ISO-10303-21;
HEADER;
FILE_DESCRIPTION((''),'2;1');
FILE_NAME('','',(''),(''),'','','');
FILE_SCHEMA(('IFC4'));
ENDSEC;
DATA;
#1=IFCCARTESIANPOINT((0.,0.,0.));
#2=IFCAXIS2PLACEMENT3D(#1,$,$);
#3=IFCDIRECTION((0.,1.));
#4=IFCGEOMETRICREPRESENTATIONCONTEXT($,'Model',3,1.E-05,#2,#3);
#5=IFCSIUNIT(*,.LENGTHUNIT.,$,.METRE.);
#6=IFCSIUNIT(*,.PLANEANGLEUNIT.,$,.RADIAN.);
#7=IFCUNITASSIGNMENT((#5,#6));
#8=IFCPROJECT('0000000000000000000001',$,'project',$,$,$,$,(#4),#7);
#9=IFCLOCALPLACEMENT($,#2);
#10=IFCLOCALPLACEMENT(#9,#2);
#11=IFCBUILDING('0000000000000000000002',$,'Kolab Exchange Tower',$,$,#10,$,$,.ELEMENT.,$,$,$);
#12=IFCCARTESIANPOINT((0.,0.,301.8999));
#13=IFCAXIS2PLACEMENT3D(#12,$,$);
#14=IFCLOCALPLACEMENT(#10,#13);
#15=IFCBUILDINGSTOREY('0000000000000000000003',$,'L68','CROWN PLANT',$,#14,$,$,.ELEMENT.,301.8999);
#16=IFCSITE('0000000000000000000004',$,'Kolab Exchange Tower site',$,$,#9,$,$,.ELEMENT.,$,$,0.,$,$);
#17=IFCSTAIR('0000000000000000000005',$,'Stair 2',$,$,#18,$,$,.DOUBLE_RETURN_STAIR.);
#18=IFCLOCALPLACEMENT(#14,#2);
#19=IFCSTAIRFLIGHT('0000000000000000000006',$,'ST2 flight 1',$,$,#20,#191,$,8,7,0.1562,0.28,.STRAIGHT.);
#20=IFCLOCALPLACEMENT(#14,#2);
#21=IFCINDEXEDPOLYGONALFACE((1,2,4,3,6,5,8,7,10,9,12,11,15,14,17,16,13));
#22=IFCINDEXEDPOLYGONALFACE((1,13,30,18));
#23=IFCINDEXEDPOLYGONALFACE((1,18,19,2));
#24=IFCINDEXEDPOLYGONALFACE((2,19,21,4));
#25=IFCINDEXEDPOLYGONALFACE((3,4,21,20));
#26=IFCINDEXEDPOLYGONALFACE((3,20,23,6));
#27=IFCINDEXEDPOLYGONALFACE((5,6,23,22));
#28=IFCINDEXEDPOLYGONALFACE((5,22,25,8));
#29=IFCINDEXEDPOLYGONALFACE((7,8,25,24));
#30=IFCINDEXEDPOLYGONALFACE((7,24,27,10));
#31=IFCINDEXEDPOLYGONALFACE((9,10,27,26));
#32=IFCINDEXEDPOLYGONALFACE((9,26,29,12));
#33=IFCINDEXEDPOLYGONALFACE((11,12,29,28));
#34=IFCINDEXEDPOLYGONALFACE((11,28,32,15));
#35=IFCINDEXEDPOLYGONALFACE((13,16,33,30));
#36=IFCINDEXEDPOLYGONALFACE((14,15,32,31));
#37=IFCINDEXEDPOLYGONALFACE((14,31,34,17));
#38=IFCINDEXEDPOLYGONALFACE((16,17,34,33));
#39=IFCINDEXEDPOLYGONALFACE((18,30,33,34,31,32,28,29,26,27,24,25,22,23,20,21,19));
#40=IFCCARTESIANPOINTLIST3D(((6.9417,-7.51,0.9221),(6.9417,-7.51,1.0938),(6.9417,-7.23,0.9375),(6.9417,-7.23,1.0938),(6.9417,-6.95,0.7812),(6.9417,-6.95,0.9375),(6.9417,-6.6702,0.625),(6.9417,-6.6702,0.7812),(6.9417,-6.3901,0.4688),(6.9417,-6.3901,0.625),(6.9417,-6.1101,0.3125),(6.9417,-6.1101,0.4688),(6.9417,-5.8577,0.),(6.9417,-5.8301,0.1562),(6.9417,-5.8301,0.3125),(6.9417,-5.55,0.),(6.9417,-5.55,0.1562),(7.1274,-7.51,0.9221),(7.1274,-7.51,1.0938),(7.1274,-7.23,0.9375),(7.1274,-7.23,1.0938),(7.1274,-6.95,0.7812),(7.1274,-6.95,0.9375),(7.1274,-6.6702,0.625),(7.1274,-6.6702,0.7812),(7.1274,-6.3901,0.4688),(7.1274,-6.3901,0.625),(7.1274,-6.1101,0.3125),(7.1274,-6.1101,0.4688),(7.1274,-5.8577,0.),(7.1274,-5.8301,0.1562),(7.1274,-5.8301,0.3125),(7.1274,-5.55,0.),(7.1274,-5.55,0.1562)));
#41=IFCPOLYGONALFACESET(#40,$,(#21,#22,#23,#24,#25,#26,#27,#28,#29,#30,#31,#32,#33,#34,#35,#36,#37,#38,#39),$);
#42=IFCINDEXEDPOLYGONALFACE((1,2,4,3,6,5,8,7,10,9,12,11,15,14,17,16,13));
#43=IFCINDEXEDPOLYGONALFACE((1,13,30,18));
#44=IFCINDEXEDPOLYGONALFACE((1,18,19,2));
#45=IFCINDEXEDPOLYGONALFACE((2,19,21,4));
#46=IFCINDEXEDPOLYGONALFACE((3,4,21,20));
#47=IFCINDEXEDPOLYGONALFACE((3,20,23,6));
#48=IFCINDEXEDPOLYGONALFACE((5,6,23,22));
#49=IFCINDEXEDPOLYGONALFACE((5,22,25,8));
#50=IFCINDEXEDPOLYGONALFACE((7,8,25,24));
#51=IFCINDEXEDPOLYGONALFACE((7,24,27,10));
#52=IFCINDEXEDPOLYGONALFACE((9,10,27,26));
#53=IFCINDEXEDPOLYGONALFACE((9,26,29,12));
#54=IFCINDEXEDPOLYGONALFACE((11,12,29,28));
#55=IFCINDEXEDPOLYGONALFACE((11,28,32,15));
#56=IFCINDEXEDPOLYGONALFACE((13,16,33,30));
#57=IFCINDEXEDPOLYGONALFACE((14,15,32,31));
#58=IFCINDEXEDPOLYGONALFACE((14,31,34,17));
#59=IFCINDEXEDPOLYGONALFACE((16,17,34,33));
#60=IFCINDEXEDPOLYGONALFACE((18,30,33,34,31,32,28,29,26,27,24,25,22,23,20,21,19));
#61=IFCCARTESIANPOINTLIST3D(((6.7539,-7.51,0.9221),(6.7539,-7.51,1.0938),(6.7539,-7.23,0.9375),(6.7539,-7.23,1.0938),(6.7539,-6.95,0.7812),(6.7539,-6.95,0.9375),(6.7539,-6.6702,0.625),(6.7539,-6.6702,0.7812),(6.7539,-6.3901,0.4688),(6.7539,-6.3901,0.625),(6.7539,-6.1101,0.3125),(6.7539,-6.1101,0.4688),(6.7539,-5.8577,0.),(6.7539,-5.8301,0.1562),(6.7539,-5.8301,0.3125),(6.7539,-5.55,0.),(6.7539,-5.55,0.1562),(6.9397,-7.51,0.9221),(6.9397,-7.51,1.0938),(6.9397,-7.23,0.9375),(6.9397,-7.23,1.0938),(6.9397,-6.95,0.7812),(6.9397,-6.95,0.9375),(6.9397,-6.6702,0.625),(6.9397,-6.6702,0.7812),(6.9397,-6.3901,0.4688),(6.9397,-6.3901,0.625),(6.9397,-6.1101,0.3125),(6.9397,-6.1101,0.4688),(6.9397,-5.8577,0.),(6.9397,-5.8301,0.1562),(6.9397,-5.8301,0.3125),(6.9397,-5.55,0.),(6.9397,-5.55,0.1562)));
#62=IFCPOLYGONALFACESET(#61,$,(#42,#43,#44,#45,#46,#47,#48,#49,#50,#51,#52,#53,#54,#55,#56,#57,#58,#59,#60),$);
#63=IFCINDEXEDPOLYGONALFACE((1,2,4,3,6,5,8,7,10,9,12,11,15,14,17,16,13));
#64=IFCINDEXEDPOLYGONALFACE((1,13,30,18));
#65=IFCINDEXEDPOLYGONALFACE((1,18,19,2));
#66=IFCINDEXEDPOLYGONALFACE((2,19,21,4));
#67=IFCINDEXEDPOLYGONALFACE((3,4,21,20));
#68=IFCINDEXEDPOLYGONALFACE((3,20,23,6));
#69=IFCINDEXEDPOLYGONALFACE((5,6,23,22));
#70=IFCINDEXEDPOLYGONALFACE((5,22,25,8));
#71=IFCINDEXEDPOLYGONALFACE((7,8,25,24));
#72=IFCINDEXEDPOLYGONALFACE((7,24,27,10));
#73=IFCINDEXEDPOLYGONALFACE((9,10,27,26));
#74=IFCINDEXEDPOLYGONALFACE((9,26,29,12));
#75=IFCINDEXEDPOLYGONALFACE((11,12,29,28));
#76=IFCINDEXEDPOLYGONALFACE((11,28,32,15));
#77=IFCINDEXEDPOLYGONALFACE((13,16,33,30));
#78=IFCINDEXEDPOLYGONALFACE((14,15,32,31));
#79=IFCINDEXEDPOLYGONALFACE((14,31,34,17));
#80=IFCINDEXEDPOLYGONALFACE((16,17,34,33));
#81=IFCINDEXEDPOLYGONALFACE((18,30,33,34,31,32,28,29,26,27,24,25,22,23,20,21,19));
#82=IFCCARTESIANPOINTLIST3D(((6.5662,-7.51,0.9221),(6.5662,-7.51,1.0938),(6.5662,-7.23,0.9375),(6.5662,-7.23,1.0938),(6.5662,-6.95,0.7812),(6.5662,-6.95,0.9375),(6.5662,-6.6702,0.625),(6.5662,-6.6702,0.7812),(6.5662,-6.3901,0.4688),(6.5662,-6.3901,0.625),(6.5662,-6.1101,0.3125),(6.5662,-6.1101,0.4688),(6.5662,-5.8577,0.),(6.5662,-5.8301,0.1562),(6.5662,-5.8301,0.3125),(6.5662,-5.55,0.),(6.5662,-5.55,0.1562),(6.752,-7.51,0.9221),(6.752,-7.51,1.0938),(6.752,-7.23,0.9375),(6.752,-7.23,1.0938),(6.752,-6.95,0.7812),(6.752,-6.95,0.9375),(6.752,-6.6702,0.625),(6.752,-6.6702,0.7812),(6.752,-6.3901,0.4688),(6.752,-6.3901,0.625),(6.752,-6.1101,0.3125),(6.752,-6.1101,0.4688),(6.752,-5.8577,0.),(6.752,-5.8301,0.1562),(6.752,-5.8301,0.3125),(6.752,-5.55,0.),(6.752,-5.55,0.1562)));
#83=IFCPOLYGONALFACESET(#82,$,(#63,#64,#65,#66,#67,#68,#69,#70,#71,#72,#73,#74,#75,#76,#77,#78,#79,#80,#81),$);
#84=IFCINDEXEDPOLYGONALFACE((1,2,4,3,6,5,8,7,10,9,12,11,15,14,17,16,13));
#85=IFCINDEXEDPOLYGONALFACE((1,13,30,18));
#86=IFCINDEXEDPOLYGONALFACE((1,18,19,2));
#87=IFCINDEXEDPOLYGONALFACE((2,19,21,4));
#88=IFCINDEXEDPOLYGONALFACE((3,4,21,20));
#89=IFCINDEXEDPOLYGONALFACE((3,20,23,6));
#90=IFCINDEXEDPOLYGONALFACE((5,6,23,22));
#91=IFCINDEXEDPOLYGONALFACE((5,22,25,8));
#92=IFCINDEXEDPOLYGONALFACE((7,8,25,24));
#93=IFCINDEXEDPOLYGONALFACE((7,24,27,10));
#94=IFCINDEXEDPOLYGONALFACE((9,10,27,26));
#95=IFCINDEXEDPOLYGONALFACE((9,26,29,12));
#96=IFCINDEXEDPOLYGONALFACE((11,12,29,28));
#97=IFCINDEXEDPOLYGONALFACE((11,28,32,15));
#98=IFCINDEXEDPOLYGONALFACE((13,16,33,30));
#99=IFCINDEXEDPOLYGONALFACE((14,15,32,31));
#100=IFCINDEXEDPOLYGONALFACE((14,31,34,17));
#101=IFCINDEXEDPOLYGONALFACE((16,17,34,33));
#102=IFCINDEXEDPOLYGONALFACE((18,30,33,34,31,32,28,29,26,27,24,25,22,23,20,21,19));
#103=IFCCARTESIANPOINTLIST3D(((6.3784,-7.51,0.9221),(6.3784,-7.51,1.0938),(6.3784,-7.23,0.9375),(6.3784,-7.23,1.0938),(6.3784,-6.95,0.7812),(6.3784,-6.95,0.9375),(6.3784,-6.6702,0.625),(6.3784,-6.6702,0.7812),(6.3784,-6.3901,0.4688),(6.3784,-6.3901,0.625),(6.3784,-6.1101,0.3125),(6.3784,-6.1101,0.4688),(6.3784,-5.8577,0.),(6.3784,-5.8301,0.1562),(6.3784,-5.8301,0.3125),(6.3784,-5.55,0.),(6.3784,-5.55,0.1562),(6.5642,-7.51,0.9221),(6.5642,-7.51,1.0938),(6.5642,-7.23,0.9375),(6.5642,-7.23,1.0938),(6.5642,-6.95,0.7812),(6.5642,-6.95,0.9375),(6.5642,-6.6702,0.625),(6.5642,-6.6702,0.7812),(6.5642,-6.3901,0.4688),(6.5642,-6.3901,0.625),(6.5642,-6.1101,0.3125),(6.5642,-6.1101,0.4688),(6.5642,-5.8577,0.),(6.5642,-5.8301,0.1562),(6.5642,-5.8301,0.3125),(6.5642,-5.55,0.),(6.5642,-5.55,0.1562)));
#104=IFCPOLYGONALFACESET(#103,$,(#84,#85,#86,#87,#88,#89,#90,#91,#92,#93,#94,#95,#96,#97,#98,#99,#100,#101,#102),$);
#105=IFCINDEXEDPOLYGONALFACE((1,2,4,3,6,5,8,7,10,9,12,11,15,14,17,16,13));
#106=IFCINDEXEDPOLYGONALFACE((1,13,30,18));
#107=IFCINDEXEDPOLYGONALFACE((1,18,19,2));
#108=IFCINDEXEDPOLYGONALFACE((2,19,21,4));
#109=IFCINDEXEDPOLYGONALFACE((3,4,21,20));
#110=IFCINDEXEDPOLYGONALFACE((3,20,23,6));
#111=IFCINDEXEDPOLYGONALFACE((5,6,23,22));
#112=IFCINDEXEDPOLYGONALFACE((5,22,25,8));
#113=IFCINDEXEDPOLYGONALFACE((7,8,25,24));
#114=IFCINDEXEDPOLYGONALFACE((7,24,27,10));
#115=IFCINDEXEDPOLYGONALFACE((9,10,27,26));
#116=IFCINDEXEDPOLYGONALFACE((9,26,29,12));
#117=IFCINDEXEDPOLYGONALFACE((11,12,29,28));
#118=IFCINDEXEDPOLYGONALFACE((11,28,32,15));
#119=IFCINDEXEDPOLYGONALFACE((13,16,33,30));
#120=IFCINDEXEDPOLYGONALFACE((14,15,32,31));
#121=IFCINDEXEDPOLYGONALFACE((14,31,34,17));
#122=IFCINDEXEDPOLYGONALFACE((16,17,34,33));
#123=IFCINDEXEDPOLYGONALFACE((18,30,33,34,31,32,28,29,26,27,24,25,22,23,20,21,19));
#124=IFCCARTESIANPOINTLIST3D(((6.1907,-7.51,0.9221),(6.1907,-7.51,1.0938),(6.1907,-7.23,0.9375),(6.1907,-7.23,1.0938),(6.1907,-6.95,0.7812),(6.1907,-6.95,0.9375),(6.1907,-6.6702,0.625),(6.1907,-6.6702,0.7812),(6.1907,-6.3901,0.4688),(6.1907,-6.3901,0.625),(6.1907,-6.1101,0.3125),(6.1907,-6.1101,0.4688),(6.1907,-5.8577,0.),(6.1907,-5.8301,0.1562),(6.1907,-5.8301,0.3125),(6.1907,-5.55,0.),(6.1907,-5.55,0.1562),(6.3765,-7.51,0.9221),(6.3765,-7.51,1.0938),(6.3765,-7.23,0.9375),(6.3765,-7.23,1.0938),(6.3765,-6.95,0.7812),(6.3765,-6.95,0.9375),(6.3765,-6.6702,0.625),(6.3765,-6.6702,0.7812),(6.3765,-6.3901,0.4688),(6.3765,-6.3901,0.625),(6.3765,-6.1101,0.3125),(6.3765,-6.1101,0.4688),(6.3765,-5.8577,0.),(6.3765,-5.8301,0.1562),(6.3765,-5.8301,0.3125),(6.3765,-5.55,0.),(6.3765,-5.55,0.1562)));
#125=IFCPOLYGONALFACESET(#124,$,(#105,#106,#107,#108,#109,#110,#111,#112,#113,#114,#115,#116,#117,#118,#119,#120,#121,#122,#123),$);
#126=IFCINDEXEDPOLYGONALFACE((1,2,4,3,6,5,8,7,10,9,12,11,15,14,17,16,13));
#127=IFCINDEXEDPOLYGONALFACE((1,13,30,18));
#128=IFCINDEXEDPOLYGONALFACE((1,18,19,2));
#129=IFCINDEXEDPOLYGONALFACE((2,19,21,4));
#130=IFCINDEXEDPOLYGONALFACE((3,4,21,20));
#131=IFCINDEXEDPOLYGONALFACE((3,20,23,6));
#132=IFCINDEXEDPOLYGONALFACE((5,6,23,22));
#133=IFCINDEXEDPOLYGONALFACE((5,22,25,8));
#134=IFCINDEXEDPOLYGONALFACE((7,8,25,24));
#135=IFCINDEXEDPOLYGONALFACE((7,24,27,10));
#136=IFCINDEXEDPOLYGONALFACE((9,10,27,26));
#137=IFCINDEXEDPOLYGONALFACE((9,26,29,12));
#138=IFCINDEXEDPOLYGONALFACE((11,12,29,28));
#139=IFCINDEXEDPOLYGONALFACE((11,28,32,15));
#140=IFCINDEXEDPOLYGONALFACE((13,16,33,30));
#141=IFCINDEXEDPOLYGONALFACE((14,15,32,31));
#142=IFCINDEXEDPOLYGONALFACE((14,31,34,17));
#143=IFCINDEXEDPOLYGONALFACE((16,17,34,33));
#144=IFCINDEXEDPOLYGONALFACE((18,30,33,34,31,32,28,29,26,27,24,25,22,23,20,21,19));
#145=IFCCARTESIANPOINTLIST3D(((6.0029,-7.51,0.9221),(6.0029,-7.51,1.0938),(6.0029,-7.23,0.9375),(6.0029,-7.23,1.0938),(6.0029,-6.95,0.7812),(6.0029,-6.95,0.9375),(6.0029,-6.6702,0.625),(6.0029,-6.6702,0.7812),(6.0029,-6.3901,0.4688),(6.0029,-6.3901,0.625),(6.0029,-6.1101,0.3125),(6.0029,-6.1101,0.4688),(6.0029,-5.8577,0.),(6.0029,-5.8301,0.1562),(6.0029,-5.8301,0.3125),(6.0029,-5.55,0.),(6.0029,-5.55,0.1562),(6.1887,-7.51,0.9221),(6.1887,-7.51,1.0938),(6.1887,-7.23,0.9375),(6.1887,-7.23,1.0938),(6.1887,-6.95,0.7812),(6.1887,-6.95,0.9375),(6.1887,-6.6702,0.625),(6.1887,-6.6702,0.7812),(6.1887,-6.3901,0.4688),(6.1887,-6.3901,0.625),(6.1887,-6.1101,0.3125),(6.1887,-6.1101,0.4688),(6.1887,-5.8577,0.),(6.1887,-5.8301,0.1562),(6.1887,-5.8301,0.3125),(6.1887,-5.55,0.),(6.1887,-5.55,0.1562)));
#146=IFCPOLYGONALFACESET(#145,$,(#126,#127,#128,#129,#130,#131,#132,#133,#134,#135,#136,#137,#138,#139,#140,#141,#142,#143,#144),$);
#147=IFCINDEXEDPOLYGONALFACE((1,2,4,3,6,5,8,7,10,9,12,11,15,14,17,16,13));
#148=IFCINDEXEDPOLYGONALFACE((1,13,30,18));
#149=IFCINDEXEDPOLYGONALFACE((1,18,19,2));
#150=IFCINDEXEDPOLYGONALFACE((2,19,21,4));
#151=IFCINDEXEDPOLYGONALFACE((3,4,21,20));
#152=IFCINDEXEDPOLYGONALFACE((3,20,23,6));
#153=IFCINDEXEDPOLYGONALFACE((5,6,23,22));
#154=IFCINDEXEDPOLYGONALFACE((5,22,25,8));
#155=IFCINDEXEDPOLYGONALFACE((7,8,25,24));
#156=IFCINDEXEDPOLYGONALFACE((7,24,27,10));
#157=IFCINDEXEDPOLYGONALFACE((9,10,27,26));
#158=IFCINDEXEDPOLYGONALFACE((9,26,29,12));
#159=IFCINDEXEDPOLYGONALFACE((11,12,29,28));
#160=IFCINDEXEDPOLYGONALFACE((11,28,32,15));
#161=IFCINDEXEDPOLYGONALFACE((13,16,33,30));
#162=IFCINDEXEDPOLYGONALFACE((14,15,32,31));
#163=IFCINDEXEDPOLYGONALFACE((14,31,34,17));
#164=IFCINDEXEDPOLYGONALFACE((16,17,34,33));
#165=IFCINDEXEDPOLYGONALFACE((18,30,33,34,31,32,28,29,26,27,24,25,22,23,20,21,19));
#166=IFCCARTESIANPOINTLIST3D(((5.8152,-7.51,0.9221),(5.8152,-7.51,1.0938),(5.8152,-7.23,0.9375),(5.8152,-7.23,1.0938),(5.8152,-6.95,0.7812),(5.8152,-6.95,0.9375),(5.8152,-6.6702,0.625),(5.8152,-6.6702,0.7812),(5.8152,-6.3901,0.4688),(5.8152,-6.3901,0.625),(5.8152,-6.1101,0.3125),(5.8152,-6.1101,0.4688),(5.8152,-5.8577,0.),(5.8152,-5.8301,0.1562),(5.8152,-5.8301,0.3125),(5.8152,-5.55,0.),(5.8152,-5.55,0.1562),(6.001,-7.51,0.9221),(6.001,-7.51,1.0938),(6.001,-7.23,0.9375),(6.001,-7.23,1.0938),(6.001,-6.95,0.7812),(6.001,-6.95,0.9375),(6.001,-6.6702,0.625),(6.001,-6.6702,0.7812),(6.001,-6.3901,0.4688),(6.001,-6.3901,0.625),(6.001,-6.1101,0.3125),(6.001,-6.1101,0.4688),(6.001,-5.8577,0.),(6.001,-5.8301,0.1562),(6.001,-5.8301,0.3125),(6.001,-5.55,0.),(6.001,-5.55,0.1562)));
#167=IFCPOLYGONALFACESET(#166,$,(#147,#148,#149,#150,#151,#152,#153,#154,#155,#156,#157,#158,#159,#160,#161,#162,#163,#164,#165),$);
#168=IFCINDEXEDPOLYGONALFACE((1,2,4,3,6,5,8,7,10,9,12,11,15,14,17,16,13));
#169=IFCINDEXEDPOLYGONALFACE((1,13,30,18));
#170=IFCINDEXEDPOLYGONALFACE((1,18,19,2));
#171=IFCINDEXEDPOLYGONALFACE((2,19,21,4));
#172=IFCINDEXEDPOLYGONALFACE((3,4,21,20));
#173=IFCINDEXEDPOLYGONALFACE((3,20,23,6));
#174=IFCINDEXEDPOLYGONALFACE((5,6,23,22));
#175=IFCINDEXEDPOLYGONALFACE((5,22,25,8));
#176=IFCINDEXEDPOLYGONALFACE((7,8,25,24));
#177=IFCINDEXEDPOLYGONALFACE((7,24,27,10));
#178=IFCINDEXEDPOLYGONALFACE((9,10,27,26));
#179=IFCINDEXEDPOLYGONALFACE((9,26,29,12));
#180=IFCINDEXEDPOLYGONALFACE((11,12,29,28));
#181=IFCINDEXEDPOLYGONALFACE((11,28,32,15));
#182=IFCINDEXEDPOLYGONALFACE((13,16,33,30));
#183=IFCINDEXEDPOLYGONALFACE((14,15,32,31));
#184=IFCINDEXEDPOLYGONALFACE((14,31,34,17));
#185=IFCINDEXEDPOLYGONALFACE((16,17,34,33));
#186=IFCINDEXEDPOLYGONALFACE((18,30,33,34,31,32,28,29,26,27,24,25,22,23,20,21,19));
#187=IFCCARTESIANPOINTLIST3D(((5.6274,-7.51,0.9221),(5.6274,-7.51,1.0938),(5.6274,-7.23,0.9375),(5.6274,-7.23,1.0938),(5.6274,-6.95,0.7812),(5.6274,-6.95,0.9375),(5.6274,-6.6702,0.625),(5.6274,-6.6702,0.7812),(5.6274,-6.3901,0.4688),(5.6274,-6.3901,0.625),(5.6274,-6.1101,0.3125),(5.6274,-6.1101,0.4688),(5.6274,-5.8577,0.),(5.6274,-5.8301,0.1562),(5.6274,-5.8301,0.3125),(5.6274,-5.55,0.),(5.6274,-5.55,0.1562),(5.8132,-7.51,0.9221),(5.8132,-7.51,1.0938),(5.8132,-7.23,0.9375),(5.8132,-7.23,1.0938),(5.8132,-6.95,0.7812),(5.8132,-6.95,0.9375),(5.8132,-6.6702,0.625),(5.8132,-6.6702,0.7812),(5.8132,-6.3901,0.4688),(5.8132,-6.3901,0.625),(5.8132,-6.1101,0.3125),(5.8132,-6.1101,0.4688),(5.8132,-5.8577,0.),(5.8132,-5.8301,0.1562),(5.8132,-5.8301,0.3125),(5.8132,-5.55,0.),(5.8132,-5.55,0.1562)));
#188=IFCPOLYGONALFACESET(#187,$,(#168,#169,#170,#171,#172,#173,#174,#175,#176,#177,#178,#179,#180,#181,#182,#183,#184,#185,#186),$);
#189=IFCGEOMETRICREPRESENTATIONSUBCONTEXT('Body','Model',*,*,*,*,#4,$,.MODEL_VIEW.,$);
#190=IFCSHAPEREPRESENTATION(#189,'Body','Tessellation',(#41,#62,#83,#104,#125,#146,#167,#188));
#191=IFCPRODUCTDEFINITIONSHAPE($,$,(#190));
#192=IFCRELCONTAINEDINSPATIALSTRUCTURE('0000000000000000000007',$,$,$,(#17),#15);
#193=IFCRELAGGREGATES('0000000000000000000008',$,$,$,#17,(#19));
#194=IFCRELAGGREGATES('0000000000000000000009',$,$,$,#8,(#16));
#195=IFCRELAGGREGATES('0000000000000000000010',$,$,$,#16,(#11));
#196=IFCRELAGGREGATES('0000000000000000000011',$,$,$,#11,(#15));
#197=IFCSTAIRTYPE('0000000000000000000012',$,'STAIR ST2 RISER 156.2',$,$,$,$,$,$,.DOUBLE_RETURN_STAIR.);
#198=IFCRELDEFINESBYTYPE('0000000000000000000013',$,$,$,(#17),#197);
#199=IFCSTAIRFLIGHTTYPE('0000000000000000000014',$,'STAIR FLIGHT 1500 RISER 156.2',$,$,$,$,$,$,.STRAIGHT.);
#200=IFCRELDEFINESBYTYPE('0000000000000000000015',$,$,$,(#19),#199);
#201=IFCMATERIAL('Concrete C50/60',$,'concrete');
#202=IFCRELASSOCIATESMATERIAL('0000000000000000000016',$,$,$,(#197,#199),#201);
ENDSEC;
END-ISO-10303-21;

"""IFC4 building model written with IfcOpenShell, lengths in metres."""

from ifc_helpers import new_model, si_unit, direction, frame, origin, place, context, subcontext, project, spatial, polyline, outline, extrude, material, type_object, element, aggregate, save


model = new_model("IFC4")

# Units and contexts
model_context = context("Model", 3, precision=1e-05, world=origin(), true_north=direction((0.0, 1.0)))
body_context = subcontext(model_context, "Body", "Model", "MODEL_VIEW")
ifc_project = project(units=[si_unit("LENGTHUNIT", "METRE"), si_unit("PLANEANGLEUNIT", "RADIAN")], contexts=[model_context])

# Site, building, storey
site_placement = place(None, origin())
site = spatial("IfcSite", under=ifc_project, at=site_placement, Name="Kolab Exchange Tower site", CompositionType="ELEMENT", RefElevation=0.0)
building_placement = place(site_placement, origin())
building = spatial("IfcBuilding", under=site, at=building_placement, Name="Kolab Exchange Tower", CompositionType="ELEMENT")
storey_placement = place(building_placement, frame((0.0, 0.0, 301.8999)))
storey = spatial("IfcBuildingStorey", under=building, at=storey_placement, Name="L68", Description="CROWN PLANT", CompositionType="ELEMENT", Elevation=301.8999)

# Shared definitions
ifc_material_1 = material(Name="Concrete C50/60", Category="concrete")

# Stair, stair flight
stair_type_1 = type_object("IfcStairType", Name="STAIR ST2 RISER 156.2", PredefinedType="DOUBLE_RETURN_STAIR", material=ifc_material_1)
stair_1_placement = place(storey_placement, origin())
stair_1 = element("IfcStair", 1, at=stair_1_placement, inside=storey, type_object=stair_type_1, Name="Stair 2", PredefinedType="DOUBLE_RETURN_STAIR")
stair_flight_type = type_object("IfcStairFlightType", Name="STAIR FLIGHT 1500 RISER 156.2", PredefinedType="STRAIGHT", material=ifc_material_1)
stair_flight_1_placement = place(storey_placement, frame((6.3774, -5.55, 0.0), z_axis=(0.0, 0.0, 1.0), x_axis=(0.0, -1.0, 0.0)))
stair_flight_1 = element("IfcStairFlight", 2, at=stair_flight_1_placement, type_object=stair_flight_type, Name="ST2 flight 1", NumberOfRisers=8, NumberOfTreads=7, PredefinedType="STRAIGHT", RiserHeight=0.1562, TreadLength=0.28, context=body_context, shape_type="SweptSolid", body=[
    extrude(outline(polyline([(0.0, 0.0), (0.0, 0.1562), (0.28, 0.1562), (0.28, 0.3125), (0.5601, 0.3125), (0.5601, 0.4688), (0.8401, 0.4688), (0.8401, 0.625), (1.1201, 0.625), (1.1201, 0.7812), (1.3999, 0.7812), (1.3999, 0.9375), (1.6799, 0.9375), (1.6799, 1.0938), (1.96, 1.0938), (1.96, 1.25), (1.96, 0.9221), (0.3076, 0.0), (0.0, 0.0)])), frame((0.0, 0.75, 0.0), z_axis=(0.0, -1.0, 0.0), x_axis=(1.0, 0.0, 0.0)), (0.0, 0.0, 1.0), 0.1858),
    extrude(outline(polyline([(0.0, 0.0), (0.0, 0.1562), (0.28, 0.1562), (0.28, 0.3125), (0.5601, 0.3125), (0.5601, 0.4688), (0.8401, 0.4688), (0.8401, 0.625), (1.1201, 0.625), (1.1201, 0.7812), (1.3999, 0.7812), (1.3999, 0.9375), (1.6799, 0.9375), (1.6799, 1.0938), (1.96, 1.0938), (1.96, 1.25), (1.96, 0.9221), (0.3076, 0.0), (0.0, 0.0)])), frame((0.0, 0.5623, 0.0), z_axis=(0.0, -1.0, 0.0), x_axis=(1.0, 0.0, 0.0)), (0.0, 0.0, 1.0), 0.1858),
    extrude(outline(polyline([(0.0, 0.0), (0.0, 0.1562), (0.28, 0.1562), (0.28, 0.3125), (0.5601, 0.3125), (0.5601, 0.4688), (0.8401, 0.4688), (0.8401, 0.625), (1.1201, 0.625), (1.1201, 0.7812), (1.3999, 0.7812), (1.3999, 0.9375), (1.6799, 0.9375), (1.6799, 1.0938), (1.96, 1.0938), (1.96, 1.25), (1.96, 0.9221), (0.3076, 0.0), (0.0, 0.0)])), frame((0.0, 0.3745, 0.0), z_axis=(0.0, -1.0, 0.0), x_axis=(1.0, 0.0, 0.0)), (0.0, 0.0, 1.0), 0.1858),
    extrude(outline(polyline([(0.0, 0.0), (0.0, 0.1562), (0.28, 0.1562), (0.28, 0.3125), (0.5601, 0.3125), (0.5601, 0.4688), (0.8401, 0.4688), (0.8401, 0.625), (1.1201, 0.625), (1.1201, 0.7812), (1.3999, 0.7812), (1.3999, 0.9375), (1.6799, 0.9375), (1.6799, 1.0938), (1.96, 1.0938), (1.96, 1.25), (1.96, 0.9221), (0.3076, 0.0), (0.0, 0.0)])), frame((0.0, 0.1868, 0.0), z_axis=(0.0, -1.0, 0.0), x_axis=(1.0, 0.0, 0.0)), (0.0, 0.0, 1.0), 0.1858),
    extrude(outline(polyline([(0.0, 0.0), (0.0, 0.1562), (0.28, 0.1562), (0.28, 0.3125), (0.5601, 0.3125), (0.5601, 0.4688), (0.8401, 0.4688), (0.8401, 0.625), (1.1201, 0.625), (1.1201, 0.7812), (1.3999, 0.7812), (1.3999, 0.9375), (1.6799, 0.9375), (1.6799, 1.0938), (1.96, 1.0938), (1.96, 1.25), (1.96, 0.9221), (0.3076, 0.0), (0.0, 0.0)])), frame((0.0, -0.001, 0.0), z_axis=(0.0, -1.0, 0.0), x_axis=(1.0, 0.0, 0.0)), (0.0, 0.0, 1.0), 0.1858),
    extrude(outline(polyline([(0.0, 0.0), (0.0, 0.1562), (0.28, 0.1562), (0.28, 0.3125), (0.5601, 0.3125), (0.5601, 0.4688), (0.8401, 0.4688), (0.8401, 0.625), (1.1201, 0.625), (1.1201, 0.7812), (1.3999, 0.7812), (1.3999, 0.9375), (1.6799, 0.9375), (1.6799, 1.0938), (1.96, 1.0938), (1.96, 1.25), (1.96, 0.9221), (0.3076, 0.0), (0.0, 0.0)])), frame((0.0, -0.1887, 0.0), z_axis=(0.0, -1.0, 0.0), x_axis=(1.0, 0.0, 0.0)), (0.0, 0.0, 1.0), 0.1858),
    extrude(outline(polyline([(0.0, 0.0), (0.0, 0.1562), (0.28, 0.1562), (0.28, 0.3125), (0.5601, 0.3125), (0.5601, 0.4688), (0.8401, 0.4688), (0.8401, 0.625), (1.1201, 0.625), (1.1201, 0.7812), (1.3999, 0.7812), (1.3999, 0.9375), (1.6799, 0.9375), (1.6799, 1.0938), (1.96, 1.0938), (1.96, 1.25), (1.96, 0.9221), (0.3076, 0.0), (0.0, 0.0)])), frame((0.0, -0.3765, 0.0), z_axis=(0.0, -1.0, 0.0), x_axis=(1.0, 0.0, 0.0)), (0.0, 0.0, 1.0), 0.1858),
    extrude(outline(polyline([(0.0, 0.0), (0.0, 0.1562), (0.28, 0.1562), (0.28, 0.3125), (0.5601, 0.3125), (0.5601, 0.4688), (0.8401, 0.4688), (0.8401, 0.625), (1.1201, 0.625), (1.1201, 0.7812), (1.3999, 0.7812), (1.3999, 0.9375), (1.6799, 0.9375), (1.6799, 1.0938), (1.96, 1.0938), (1.96, 1.25), (1.96, 0.9221), (0.3076, 0.0), (0.0, 0.0)])), frame((0.0, -0.5642, 0.0), z_axis=(0.0, -1.0, 0.0), x_axis=(1.0, 0.0, 0.0)), (0.0, 0.0, 1.0), 0.1858),
])
aggregate(stair_1, [stair_flight_1])

save(model, "model.ifc")
